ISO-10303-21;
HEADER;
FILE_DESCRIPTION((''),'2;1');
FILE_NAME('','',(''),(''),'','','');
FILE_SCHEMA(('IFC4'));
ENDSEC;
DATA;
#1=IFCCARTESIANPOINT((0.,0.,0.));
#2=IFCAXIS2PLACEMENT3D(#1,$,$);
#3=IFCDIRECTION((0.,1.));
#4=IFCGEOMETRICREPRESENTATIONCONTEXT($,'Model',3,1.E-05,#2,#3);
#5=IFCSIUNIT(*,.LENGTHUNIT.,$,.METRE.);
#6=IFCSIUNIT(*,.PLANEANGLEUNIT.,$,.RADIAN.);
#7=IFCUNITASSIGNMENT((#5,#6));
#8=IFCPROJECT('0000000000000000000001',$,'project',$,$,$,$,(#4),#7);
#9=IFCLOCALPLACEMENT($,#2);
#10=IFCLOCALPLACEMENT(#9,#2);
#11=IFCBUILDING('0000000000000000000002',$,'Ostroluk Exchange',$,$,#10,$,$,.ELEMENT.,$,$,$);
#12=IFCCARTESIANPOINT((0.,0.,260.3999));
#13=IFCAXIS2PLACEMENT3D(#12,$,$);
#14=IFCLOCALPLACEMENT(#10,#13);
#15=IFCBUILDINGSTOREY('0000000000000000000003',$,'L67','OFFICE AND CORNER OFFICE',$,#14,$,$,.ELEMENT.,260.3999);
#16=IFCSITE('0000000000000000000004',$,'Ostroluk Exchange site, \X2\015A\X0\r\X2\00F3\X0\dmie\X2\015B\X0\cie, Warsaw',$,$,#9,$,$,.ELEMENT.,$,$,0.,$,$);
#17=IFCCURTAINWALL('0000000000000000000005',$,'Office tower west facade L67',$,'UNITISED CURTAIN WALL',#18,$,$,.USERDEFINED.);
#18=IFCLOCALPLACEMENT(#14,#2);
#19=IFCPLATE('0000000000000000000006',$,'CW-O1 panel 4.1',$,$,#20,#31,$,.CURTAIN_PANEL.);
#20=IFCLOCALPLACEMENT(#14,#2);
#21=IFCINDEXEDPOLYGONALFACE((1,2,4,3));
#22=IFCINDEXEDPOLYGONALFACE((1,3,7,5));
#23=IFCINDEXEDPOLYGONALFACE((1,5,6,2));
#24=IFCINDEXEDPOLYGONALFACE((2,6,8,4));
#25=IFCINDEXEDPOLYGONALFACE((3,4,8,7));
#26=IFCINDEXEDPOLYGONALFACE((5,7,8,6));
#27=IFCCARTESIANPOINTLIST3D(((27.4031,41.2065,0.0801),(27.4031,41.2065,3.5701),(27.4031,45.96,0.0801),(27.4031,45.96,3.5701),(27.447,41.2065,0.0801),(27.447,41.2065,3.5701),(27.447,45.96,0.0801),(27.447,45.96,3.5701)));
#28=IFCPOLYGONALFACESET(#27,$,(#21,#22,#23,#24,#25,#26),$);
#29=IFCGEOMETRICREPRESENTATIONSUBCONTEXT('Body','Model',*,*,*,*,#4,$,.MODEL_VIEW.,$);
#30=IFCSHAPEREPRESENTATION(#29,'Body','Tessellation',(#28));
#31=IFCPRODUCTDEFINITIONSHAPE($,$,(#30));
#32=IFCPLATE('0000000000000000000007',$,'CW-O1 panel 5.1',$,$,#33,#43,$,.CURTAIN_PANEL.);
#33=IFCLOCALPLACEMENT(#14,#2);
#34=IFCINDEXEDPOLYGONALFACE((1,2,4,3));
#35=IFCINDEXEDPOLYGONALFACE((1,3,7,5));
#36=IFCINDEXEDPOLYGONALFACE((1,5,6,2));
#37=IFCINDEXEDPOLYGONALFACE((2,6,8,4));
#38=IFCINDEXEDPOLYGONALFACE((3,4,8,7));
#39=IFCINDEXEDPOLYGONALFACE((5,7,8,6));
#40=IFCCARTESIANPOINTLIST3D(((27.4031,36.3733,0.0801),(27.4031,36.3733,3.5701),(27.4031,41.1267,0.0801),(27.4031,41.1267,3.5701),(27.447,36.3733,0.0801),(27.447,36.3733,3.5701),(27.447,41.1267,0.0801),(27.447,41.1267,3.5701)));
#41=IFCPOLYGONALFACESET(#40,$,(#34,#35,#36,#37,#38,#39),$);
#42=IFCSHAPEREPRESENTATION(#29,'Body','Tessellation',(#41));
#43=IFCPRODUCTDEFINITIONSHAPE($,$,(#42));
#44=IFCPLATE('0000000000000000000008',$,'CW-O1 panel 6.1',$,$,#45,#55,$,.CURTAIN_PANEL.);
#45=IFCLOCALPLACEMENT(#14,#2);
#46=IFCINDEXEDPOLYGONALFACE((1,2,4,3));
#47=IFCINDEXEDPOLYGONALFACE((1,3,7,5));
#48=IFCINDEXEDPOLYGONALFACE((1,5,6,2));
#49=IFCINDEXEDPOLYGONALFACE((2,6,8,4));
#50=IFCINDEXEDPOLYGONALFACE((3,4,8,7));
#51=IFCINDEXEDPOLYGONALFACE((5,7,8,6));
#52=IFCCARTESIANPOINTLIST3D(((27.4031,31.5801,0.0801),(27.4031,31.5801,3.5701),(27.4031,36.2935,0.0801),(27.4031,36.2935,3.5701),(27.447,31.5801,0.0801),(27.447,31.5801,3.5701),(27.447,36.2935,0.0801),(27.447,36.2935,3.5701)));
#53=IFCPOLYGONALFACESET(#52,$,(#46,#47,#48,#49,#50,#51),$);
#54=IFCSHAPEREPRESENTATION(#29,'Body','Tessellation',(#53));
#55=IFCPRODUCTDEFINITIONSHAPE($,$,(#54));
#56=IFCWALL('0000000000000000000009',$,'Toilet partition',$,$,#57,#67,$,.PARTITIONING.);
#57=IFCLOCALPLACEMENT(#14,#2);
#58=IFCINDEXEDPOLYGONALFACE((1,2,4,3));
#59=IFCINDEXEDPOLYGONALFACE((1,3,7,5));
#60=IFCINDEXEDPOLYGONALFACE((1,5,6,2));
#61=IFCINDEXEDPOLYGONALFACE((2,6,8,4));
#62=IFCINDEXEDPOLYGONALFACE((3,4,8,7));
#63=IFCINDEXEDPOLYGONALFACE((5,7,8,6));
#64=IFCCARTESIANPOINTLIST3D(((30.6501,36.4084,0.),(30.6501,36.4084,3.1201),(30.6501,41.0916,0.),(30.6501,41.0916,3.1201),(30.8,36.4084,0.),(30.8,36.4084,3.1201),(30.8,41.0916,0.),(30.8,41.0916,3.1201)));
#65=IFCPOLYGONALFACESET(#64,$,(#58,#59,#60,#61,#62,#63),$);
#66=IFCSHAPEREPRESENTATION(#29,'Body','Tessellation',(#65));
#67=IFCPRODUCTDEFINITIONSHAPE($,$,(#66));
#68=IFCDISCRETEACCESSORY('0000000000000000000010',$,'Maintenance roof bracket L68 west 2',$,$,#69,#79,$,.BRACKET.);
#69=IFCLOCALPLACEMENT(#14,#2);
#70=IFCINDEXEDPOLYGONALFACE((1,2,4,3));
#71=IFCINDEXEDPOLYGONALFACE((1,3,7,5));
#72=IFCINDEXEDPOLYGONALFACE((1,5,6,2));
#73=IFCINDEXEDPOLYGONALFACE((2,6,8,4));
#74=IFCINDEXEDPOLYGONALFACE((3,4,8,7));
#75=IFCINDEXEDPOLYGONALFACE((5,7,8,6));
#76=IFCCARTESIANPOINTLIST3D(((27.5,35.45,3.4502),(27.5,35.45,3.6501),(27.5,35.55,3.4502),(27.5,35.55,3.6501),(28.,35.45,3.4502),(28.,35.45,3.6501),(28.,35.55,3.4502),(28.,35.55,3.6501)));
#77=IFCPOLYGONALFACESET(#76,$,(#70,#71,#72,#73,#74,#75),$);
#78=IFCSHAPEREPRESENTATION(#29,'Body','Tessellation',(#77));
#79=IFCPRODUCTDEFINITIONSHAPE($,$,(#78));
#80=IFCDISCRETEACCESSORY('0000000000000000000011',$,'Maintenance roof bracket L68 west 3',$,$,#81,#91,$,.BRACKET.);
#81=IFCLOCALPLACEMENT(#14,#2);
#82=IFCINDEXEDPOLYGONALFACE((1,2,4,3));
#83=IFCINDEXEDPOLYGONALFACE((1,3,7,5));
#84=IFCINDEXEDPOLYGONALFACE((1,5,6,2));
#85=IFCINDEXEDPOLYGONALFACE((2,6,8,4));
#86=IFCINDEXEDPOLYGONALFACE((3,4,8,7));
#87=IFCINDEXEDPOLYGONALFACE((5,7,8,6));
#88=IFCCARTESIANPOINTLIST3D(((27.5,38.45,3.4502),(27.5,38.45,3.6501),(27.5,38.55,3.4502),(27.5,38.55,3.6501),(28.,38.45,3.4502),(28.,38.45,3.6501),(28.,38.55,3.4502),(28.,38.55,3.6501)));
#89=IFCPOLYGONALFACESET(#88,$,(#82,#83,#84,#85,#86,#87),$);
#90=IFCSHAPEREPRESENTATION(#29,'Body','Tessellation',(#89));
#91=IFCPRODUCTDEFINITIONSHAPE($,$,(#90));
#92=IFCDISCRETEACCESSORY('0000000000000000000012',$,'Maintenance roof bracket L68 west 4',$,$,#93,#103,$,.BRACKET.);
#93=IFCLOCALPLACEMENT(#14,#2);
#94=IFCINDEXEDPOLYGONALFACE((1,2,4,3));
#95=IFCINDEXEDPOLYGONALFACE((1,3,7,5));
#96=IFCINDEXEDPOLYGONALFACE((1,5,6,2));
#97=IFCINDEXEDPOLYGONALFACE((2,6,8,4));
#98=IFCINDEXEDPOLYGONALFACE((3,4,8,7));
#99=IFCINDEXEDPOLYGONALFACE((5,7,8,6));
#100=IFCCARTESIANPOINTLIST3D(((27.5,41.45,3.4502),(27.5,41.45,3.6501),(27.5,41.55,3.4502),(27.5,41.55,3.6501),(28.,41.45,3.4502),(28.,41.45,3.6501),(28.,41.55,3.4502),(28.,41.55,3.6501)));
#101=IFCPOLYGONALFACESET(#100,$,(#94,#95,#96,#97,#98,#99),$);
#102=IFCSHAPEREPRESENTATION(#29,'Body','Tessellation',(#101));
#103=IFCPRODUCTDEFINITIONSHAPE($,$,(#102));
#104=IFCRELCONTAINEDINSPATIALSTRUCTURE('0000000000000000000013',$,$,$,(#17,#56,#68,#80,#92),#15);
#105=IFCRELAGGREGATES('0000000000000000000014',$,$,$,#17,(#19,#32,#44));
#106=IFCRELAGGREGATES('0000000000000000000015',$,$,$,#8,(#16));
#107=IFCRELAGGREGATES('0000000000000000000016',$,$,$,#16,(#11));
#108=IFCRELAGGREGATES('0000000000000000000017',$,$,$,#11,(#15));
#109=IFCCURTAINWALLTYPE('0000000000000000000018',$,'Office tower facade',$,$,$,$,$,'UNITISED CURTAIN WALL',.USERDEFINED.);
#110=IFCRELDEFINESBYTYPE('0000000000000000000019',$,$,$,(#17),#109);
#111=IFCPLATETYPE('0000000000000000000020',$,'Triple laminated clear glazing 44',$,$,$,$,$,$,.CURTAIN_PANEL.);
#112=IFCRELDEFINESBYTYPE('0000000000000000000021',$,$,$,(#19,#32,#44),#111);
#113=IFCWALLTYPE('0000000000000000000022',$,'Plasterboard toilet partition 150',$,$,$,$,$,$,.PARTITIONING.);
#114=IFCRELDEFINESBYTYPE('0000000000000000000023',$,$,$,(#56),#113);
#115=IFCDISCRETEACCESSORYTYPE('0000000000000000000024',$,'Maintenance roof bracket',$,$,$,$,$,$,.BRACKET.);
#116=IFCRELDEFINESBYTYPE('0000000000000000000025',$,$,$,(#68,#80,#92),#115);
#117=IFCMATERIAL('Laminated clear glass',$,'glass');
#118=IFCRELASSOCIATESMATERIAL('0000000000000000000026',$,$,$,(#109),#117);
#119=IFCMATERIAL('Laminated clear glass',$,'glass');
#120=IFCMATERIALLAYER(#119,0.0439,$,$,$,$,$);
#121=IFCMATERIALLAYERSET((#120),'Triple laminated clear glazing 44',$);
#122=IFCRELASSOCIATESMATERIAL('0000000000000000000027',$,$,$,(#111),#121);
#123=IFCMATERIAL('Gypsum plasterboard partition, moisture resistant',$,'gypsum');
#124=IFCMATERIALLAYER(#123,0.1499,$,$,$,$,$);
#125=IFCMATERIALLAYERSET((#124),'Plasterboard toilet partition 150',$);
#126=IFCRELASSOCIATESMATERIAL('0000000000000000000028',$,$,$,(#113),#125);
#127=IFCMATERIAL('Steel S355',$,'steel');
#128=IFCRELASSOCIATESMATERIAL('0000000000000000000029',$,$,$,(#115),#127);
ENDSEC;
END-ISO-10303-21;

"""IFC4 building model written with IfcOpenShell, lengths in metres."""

from ifc_helpers import new_model, si_unit, direction, frame, frame_2d, origin, origin_2d, place, context, subcontext, project, spatial, rectangle, extrude, material, layer, layer_set, type_object, element, aggregate, save


model = new_model("IFC4")

# Units and contexts
model_context = context("Model", 3, precision=1e-05, world=origin(), true_north=direction((0.0, 1.0)))
body_context = subcontext(model_context, "Body", "Model", "MODEL_VIEW")
ifc_project = project(units=[si_unit("LENGTHUNIT", "METRE"), si_unit("PLANEANGLEUNIT", "RADIAN")], contexts=[model_context])

# Site, building, storey
site_placement = place(None, origin())
site = spatial("IfcSite", under=ifc_project, at=site_placement, Name="Ostroluk Exchange site, Śródmieście, Warsaw", CompositionType="ELEMENT", RefElevation=0.0)
building_placement = place(site_placement, origin())
building = spatial("IfcBuilding", under=site, at=building_placement, Name="Ostroluk Exchange", CompositionType="ELEMENT")
storey_placement = place(building_placement, frame((0.0, 0.0, 260.3999)))
storey = spatial("IfcBuildingStorey", under=building, at=storey_placement, Name="L67", Description="OFFICE AND CORNER OFFICE", CompositionType="ELEMENT", Elevation=260.3999)

# Curtain wall, plates
ifc_material_1 = material(Name="Laminated clear glass", Category="glass")
curtain_wall_type = type_object("IfcCurtainWallType", Name="Office tower facade", ElementType="UNITISED CURTAIN WALL", PredefinedType="USERDEFINED", material=ifc_material_1)
curtain_wall_placement = place(storey_placement, origin())
curtain_wall = element("IfcCurtainWall", 1, at=curtain_wall_placement, inside=storey, type_object=curtain_wall_type, Name="Office tower west facade L67", ObjectType="UNITISED CURTAIN WALL", PredefinedType="USERDEFINED")
ifc_material_2 = material(Name="Laminated clear glass", Category="glass")
ifc_layer_1 = layer(ifc_material_2, 0.0439)
ifc_layer_set_1 = layer_set([ifc_layer_1], Name="Triple laminated clear glazing 44")
plate_type = type_object("IfcPlateType", Name="Triple laminated clear glazing 44", PredefinedType="CURTAIN_PANEL", material=ifc_layer_set_1)
plate_1_placement = place(storey_placement, frame((27.425, 43.5833, 0.0801), z_axis=(0.0, 0.0, 1.0), x_axis=(0.0, -1.0, 0.0)))
plate_1 = element("IfcPlate", 2, at=plate_1_placement, type_object=plate_type, Name="CW-O1 panel 4.1", PredefinedType="CURTAIN_PANEL", context=body_context, shape_type="SweptSolid", body=[
    extrude(rectangle(XDim=4.7534, YDim=0.0439, at=origin_2d()), origin(), (0.0, 0.0, 1.0), 3.49),
])
plate_2_placement = place(storey_placement, frame((27.425, 38.75, 0.0801), z_axis=(0.0, 0.0, 1.0), x_axis=(0.0, -1.0, 0.0)))
plate_2 = element("IfcPlate", 3, at=plate_2_placement, type_object=plate_type, Name="CW-O1 panel 5.1", PredefinedType="CURTAIN_PANEL", context=body_context, shape_type="SweptSolid", body=[
    extrude(rectangle(XDim=4.7534, YDim=0.0439, at=origin_2d()), origin(), (0.0, 0.0, 1.0), 3.49),
])
plate_3_placement = place(storey_placement, frame((27.425, 33.9368, 0.0801), z_axis=(0.0, 0.0, 1.0), x_axis=(0.0, -1.0, 0.0)))
plate_3 = element("IfcPlate", 4, at=plate_3_placement, type_object=plate_type, Name="CW-O1 panel 6.1", PredefinedType="CURTAIN_PANEL", context=body_context, shape_type="SweptSolid", body=[
    extrude(rectangle(XDim=4.7134, YDim=0.0439, at=origin_2d()), origin(), (0.0, 0.0, 1.0), 3.49),
])
aggregate(curtain_wall, [plate_1, plate_2, plate_3])

# Wall
ifc_material_3 = material(Name="Gypsum plasterboard partition, moisture resistant", Category="gypsum")
ifc_layer_2 = layer(ifc_material_3, 0.1499)
ifc_layer_set_2 = layer_set([ifc_layer_2], Name="Plasterboard toilet partition 150")
wall_type = type_object("IfcWallType", Name="Plasterboard toilet partition 150", PredefinedType="PARTITIONING", material=ifc_layer_set_2)
wall_placement = place(storey_placement, frame((30.7251, 41.0916, 0.0), z_axis=(0.0, 0.0, 1.0), x_axis=(0.0, -1.0, 0.0)))
element("IfcWall", 5, at=wall_placement, inside=storey, type_object=wall_type, Name="Toilet partition", PredefinedType="PARTITIONING", context=body_context, shape_type="SweptSolid", body=[
    extrude(rectangle(XDim=4.6831, YDim=0.1499, at=frame_2d((2.3416, 0.0))), origin(), (0.0, 0.0, 1.0), 3.1201),
])

# Discrete accessories
ifc_material_4 = material(Name="Steel S355", Category="steel")
discrete_accessory_type = type_object("IfcDiscreteAccessoryType", Name="Maintenance roof bracket", PredefinedType="BRACKET", material=ifc_material_4)
for number, where, z_axis, x_axis, name in (
    (6, (27.75, 35.5, 3.4502), (0.0, 0.0, 1.0), (1.0, 0.0, 0.0), "Maintenance roof bracket L68 west 2"),
    (7, (27.75, 38.5, 3.4502), (0.0, 0.0, 1.0), (1.0, 0.0, 0.0), "Maintenance roof bracket L68 west 3"),
    (8, (27.75, 41.5, 3.4502), (0.0, 0.0, 1.0), (1.0, 0.0, 0.0), "Maintenance roof bracket L68 west 4"),
):
    element("IfcDiscreteAccessory", number, at=place(storey_placement, frame(where, z_axis=z_axis, x_axis=x_axis)), inside=storey, type_object=discrete_accessory_type, Name=name, PredefinedType="BRACKET", context=body_context, shape_type="SweptSolid", body=[
        extrude(rectangle(XDim=0.5, YDim=0.1001, at=origin_2d()), origin(), (0.0, 0.0, 1.0), 0.2),
    ])

save(model, "model.ifc")
